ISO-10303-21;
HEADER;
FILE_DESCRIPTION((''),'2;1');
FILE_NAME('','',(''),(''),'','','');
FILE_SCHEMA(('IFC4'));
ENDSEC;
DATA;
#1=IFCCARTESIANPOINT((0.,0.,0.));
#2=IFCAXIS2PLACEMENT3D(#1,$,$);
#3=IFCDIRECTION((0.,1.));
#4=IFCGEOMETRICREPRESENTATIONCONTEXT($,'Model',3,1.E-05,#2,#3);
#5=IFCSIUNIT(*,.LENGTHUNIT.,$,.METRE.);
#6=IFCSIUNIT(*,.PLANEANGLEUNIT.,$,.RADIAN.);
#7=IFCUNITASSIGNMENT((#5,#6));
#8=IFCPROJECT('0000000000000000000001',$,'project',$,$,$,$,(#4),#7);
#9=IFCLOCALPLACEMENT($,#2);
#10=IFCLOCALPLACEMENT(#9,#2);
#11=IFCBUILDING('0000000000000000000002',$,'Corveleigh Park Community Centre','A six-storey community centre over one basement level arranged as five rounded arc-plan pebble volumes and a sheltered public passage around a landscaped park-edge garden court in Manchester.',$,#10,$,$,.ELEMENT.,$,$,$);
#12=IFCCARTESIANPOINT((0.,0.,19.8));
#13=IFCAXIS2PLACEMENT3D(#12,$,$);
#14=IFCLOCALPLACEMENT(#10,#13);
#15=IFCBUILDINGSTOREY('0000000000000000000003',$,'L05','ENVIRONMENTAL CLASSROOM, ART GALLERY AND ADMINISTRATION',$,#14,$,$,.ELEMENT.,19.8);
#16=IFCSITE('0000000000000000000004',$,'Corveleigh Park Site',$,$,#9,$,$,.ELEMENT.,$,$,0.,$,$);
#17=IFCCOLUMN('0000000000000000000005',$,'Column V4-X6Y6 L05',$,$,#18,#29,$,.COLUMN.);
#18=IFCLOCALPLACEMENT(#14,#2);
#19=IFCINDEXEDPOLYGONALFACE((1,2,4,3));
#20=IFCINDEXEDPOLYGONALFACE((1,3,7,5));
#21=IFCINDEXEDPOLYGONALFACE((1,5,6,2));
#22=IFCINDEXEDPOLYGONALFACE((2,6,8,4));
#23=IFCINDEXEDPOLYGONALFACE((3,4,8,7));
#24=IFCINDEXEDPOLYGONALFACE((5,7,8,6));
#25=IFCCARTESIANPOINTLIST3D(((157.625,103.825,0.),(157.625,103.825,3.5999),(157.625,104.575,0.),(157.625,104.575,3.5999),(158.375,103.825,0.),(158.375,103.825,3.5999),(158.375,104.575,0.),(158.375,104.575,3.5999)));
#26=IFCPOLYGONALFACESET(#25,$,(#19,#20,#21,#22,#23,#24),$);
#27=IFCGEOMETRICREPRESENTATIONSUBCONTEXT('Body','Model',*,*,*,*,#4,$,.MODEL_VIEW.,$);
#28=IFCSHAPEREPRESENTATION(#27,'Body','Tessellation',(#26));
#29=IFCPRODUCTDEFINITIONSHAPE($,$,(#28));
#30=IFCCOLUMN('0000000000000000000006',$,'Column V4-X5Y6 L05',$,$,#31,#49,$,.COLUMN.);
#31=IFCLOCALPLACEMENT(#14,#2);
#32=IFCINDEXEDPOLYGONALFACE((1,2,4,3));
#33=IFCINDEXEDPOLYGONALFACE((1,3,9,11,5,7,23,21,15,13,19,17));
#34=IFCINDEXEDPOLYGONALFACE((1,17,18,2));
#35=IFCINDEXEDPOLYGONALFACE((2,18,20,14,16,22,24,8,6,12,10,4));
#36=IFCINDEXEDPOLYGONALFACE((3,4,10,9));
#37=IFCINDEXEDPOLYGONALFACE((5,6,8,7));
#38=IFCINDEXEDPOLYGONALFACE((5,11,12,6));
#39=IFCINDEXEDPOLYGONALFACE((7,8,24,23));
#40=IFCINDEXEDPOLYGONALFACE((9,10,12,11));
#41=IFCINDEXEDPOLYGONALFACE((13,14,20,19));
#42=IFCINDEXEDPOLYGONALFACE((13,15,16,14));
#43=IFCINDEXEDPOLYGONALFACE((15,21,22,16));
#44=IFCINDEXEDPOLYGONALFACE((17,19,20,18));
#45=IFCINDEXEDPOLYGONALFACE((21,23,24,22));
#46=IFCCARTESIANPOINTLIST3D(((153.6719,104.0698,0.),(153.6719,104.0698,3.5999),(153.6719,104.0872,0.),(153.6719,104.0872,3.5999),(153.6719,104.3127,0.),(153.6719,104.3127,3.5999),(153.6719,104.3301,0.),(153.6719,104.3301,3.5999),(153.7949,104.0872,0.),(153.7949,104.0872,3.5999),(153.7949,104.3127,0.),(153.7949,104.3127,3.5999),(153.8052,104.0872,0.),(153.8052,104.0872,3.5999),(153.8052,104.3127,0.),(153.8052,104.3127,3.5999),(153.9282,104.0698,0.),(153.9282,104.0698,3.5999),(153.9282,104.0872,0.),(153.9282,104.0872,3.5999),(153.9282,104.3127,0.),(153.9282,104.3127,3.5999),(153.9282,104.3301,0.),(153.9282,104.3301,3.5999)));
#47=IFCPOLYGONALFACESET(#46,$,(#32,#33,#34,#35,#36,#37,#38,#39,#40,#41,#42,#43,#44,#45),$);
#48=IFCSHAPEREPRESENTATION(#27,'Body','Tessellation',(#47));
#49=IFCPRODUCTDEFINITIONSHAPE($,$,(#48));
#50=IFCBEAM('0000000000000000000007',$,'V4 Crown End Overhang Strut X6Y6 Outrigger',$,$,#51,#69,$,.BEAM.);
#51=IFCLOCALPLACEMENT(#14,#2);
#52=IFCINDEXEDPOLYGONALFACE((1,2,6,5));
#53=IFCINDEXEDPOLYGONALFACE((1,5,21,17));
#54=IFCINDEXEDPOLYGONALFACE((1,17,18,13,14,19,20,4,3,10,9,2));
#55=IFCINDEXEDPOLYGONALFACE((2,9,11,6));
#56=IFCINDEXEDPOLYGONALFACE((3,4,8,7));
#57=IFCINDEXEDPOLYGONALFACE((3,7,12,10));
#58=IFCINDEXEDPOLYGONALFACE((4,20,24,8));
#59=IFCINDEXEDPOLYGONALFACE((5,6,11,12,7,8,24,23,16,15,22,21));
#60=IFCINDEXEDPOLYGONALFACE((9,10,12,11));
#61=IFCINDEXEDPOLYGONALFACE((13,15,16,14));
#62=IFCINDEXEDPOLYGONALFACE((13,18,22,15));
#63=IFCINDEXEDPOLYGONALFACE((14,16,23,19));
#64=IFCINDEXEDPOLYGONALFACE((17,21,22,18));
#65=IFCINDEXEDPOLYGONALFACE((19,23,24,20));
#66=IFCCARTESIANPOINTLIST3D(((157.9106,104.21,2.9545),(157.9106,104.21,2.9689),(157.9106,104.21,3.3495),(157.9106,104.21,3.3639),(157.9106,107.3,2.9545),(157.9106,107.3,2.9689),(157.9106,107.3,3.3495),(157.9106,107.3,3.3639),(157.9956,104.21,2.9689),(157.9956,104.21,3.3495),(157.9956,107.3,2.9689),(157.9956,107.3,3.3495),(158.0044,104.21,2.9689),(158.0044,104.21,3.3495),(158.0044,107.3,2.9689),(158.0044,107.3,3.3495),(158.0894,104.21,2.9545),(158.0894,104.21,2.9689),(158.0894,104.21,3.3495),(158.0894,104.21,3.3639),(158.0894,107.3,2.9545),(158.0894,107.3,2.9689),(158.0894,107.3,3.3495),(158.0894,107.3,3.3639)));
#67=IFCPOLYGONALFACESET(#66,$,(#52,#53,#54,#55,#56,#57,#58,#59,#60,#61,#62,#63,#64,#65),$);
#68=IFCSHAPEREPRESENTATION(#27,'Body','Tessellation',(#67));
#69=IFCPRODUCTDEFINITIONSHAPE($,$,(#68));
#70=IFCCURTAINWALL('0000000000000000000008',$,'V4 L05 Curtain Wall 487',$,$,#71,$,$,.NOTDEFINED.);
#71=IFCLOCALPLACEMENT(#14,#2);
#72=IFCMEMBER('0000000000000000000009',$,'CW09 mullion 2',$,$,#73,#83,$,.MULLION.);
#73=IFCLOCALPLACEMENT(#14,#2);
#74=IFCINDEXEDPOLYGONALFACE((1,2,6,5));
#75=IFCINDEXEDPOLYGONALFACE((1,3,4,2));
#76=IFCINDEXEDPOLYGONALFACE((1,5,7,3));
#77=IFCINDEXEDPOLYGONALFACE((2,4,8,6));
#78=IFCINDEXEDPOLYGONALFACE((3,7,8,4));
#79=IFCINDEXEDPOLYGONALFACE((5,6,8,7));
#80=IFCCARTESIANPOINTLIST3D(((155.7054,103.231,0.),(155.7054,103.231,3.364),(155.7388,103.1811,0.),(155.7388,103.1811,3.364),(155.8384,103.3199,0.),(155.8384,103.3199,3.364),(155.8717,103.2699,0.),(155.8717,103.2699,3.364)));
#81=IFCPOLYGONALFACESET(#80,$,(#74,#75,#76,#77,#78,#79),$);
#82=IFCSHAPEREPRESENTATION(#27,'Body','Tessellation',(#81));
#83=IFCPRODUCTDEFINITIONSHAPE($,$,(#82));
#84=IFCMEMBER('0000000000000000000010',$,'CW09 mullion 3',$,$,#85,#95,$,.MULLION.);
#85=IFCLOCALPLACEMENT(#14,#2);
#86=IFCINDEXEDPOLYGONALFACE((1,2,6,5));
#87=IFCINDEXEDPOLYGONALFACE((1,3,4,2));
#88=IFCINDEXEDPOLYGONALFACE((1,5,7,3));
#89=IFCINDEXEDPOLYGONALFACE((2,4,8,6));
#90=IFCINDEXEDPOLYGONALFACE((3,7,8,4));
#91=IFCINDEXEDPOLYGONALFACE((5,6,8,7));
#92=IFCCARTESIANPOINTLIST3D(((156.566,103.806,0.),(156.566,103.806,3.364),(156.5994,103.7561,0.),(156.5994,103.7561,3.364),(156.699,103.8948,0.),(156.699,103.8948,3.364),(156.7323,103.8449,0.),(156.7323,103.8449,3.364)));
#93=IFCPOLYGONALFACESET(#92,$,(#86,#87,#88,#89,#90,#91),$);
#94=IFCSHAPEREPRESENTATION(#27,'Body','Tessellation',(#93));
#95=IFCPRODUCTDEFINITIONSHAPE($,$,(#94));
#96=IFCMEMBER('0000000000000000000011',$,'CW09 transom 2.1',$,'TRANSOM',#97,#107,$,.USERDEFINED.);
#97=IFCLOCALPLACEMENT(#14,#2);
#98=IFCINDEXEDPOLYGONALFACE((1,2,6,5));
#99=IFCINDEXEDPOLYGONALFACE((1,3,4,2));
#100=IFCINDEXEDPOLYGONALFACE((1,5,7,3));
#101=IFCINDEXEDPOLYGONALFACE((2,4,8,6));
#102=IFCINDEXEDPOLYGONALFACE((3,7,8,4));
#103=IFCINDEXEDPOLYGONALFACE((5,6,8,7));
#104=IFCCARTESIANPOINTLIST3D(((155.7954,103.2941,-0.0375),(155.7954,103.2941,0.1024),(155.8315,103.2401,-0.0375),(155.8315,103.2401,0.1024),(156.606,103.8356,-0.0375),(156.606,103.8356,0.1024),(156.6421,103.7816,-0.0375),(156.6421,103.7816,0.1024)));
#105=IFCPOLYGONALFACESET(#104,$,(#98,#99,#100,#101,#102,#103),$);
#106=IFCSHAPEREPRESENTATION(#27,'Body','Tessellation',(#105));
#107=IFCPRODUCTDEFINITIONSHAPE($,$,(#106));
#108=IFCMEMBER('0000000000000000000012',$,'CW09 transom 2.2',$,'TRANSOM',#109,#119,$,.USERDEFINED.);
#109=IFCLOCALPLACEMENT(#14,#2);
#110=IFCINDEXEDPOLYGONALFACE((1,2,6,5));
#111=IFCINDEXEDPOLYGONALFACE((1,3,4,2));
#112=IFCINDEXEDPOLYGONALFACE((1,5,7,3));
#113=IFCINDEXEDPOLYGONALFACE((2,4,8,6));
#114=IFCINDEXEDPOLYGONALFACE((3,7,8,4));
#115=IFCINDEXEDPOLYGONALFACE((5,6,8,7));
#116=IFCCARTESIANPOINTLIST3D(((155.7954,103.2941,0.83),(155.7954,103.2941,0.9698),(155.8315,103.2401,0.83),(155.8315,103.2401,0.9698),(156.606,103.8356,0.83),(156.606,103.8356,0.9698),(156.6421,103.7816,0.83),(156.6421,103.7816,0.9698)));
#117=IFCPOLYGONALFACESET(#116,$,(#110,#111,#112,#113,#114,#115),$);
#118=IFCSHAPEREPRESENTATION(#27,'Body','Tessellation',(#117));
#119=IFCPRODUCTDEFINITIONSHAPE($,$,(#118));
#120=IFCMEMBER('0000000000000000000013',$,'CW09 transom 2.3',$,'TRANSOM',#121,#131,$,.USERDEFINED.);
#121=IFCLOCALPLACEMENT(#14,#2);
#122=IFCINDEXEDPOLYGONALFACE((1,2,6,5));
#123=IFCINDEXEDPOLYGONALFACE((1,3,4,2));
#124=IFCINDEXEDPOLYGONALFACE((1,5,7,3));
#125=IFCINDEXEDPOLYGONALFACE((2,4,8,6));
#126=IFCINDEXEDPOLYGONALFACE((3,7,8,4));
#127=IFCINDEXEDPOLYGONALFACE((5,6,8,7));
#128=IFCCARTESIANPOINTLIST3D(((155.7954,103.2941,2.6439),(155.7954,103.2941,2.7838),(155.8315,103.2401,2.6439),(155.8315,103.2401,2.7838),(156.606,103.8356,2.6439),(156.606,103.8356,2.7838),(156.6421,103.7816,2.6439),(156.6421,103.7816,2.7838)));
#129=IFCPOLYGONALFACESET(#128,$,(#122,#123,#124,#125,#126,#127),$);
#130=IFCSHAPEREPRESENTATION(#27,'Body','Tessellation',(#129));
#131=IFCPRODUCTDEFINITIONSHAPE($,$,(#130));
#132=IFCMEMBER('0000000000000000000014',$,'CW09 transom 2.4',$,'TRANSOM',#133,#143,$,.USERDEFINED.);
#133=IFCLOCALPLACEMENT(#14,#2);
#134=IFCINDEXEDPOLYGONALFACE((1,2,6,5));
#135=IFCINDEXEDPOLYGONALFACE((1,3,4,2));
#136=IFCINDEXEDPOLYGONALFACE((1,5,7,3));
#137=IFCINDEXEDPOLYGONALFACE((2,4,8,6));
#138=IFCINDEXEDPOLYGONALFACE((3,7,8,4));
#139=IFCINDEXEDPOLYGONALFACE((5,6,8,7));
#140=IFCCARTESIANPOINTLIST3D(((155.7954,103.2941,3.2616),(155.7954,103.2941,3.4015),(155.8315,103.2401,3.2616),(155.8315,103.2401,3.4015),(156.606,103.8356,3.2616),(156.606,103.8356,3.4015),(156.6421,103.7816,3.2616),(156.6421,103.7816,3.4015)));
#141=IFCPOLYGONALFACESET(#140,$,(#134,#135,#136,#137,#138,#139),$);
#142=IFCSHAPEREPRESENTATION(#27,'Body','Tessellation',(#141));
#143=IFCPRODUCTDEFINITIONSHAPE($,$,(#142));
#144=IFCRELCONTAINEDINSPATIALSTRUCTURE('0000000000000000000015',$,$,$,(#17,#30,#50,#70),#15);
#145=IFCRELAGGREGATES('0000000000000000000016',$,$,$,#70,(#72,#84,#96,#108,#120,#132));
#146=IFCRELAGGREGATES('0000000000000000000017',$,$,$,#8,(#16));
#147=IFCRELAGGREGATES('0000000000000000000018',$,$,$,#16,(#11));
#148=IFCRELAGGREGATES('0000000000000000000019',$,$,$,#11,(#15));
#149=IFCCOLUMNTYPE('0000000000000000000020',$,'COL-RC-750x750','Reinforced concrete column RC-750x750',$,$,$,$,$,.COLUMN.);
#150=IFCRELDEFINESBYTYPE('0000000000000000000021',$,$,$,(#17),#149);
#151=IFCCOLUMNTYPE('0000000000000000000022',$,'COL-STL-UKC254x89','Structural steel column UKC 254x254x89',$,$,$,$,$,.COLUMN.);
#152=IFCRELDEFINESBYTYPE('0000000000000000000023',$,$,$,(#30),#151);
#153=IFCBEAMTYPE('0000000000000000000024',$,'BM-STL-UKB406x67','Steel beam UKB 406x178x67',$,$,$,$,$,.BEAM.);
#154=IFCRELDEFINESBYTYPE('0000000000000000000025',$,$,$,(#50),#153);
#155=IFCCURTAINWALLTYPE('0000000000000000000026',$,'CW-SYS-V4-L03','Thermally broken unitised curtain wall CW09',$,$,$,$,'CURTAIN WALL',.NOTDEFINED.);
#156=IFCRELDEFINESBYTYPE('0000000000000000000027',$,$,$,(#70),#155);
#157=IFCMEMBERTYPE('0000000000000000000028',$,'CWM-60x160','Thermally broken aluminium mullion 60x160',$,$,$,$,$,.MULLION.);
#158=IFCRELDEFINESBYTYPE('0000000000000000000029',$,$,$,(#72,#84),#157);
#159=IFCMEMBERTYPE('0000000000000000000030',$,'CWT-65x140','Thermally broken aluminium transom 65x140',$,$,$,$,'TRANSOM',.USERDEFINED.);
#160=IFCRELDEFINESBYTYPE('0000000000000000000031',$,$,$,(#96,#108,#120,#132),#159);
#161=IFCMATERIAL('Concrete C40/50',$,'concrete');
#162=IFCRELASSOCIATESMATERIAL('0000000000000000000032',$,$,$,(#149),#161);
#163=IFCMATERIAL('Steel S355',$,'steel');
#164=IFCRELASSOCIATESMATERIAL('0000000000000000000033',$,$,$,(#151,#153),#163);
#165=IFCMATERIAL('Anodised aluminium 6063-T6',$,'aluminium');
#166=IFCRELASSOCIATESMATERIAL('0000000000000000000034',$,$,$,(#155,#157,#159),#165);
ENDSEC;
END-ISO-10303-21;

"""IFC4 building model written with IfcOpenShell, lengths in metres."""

from ifc_helpers import new_model, si_unit, direction, frame, origin, origin_2d, place, context, subcontext, project, spatial, rectangle, i_section, extrude, material, material_profile, profile_set, type_object, element, aggregate, save


model = new_model("IFC4")

# Units and contexts
model_context = context("Model", 3, precision=1e-05, world=origin(), true_north=direction((0.0, 1.0)))
body_context = subcontext(model_context, "Body", "Model", "MODEL_VIEW")
ifc_project = project(units=[si_unit("LENGTHUNIT", "METRE"), si_unit("PLANEANGLEUNIT", "RADIAN")], contexts=[model_context])

# Site, building, storey
site_placement = place(None, origin())
site = spatial("IfcSite", under=ifc_project, at=site_placement, Name="Corveleigh Park Site", CompositionType="ELEMENT", RefElevation=0.0)
building_placement = place(site_placement, origin())
building = spatial("IfcBuilding", under=site, at=building_placement, Name="Corveleigh Park Community Centre", Description="A six-storey community centre over one basement level arranged as five rounded arc-plan pebble volumes and a sheltered public passage around a landscaped park-edge garden court in Manchester.", CompositionType="ELEMENT")
storey_placement = place(building_placement, frame((0.0, 0.0, 19.8)))
storey = spatial("IfcBuildingStorey", under=building, at=storey_placement, Name="L05", Description="ENVIRONMENTAL CLASSROOM, ART GALLERY AND ADMINISTRATION", CompositionType="ELEMENT", Elevation=19.8)

# Columns
ifc_material_1 = material(Name="Concrete C40/50", Category="concrete")
ifc_material_profile_1 = material_profile(ifc_material_1, rectangle(XDim=0.75, YDim=0.75, at=origin_2d()), Name="RC-750x750", Category="concrete")
ifc_profile_set_1 = profile_set([ifc_material_profile_1], Name="Concrete C40/50")
column_type_1 = type_object("IfcColumnType", Name="COL-RC-750x750", Description="Reinforced concrete column RC-750x750", PredefinedType="COLUMN", material=ifc_profile_set_1)
column_1_placement = place(storey_placement, frame((158.0, 104.2, 0.0), z_axis=(0.0, 0.0, 1.0), x_axis=(1.0, 0.0, 0.0)))
element("IfcColumn", 1, at=column_1_placement, inside=storey, type_object=column_type_1, Name="Column V4-X6Y6 L05", PredefinedType="COLUMN", context=body_context, shape_type="SweptSolid", body=[
    extrude(rectangle(XDim=0.75, YDim=0.75, at=origin_2d()), origin(), (0.0, 0.0, 1.0), 3.5999),
])
ifc_material_2 = material(Name="Steel S355", Category="steel")
ifc_material_profile_2 = material_profile(ifc_material_2, i_section(OverallWidth=0.2563, OverallDepth=0.2603, WebThickness=0.0103, FlangeThickness=0.0173, at=origin_2d()), Name="UKC 254x254x89", Category="steel")
ifc_profile_set_2 = profile_set([ifc_material_profile_2], Name="Steel S355")
column_type_2 = type_object("IfcColumnType", Name="COL-STL-UKC254x89", Description="Structural steel column UKC 254x254x89", PredefinedType="COLUMN", material=ifc_profile_set_2)
column_2_placement = place(storey_placement, frame((153.8, 104.2, 0.0), z_axis=(0.0, 0.0, 1.0), x_axis=(1.0, 0.0, 0.0)))
element("IfcColumn", 2, at=column_2_placement, inside=storey, type_object=column_type_2, Name="Column V4-X5Y6 L05", PredefinedType="COLUMN", context=body_context, shape_type="SweptSolid", body=[
    extrude(i_section(OverallWidth=0.2563, OverallDepth=0.2603, WebThickness=0.0103, FlangeThickness=0.0173, at=origin_2d()), origin(), (0.0, 0.0, 1.0), 3.5999),
])

# Beam
ifc_material_profile_3 = material_profile(ifc_material_2, i_section(OverallWidth=0.1787, OverallDepth=0.4094, WebThickness=0.0088, FlangeThickness=0.0144, at=origin_2d()), Name="UKB 406x178x67", Category="steel")
ifc_profile_set_3 = profile_set([ifc_material_profile_3], Name="Steel S355")
beam_type_1 = type_object("IfcBeamType", Name="BM-STL-UKB406x67", Description="Steel beam UKB 406x178x67", PredefinedType="BEAM", material=ifc_profile_set_3)
beam_1_placement = place(storey_placement, frame((158.0, 104.21, 3.1592), z_axis=(0.0, 1.0, 0.0), x_axis=(-1.0, 0.0, 0.0)))
element("IfcBeam", 3, at=beam_1_placement, inside=storey, type_object=beam_type_1, Name="V4 Crown End Overhang Strut X6Y6 Outrigger", PredefinedType="BEAM", context=body_context, shape_type="SweptSolid", body=[
    extrude(i_section(OverallWidth=0.1787, OverallDepth=0.4094, WebThickness=0.0088, FlangeThickness=0.0144, at=origin_2d()), origin(), (0.0, 0.0, 1.0), 3.0901),
])

# Curtain wall, members
ifc_material_3 = material(Name="Anodised aluminium 6063-T6", Category="aluminium")
curtain_wall_type = type_object("IfcCurtainWallType", Name="CW-SYS-V4-L03", Description="Thermally broken unitised curtain wall CW09", ElementType="CURTAIN WALL", PredefinedType="NOTDEFINED", material=ifc_material_3)
curtain_wall_placement = place(storey_placement, origin())
curtain_wall = element("IfcCurtainWall", 4, at=curtain_wall_placement, inside=storey, type_object=curtain_wall_type, Name="V4 L05 Curtain Wall 487", PredefinedType="NOTDEFINED")
ifc_material_profile_4 = material_profile(ifc_material_3, rectangle(XDim=0.0601, YDim=0.1599, at=origin_2d()), Name="ALU-M60x160", Category="aluminium")
ifc_profile_set_4 = profile_set([ifc_material_profile_4], Name="Anodised aluminium 6063-T6")
member_type_1 = type_object("IfcMemberType", Name="CWM-60x160", Description="Thermally broken aluminium mullion 60x160", PredefinedType="MULLION", material=ifc_profile_set_4)
member_1_placement = place(storey_placement, frame((155.7886, 103.2505, 0.0), z_axis=(0.0, 0.0, 1.0), x_axis=(-0.555458, 0.831544, 0.0)))
member_1 = element("IfcMember", 5, at=member_1_placement, type_object=member_type_1, Name="CW09 mullion 2", PredefinedType="MULLION", context=body_context, shape_type="SweptSolid", body=[
    extrude(rectangle(XDim=0.0601, YDim=0.1599, at=origin_2d()), origin(), (0.0, 0.0, 1.0), 3.364),
])
member_2_placement = place(storey_placement, frame((156.6492, 103.8254, 0.0), z_axis=(0.0, 0.0, 1.0), x_axis=(-0.555458, 0.831544, 0.0)))
member_2 = element("IfcMember", 6, at=member_2_placement, type_object=member_type_1, Name="CW09 mullion 3", PredefinedType="MULLION", context=body_context, shape_type="SweptSolid", body=[
    extrude(rectangle(XDim=0.0601, YDim=0.1599, at=origin_2d()), origin(), (0.0, 0.0, 1.0), 3.364),
])
ifc_material_profile_5 = material_profile(ifc_material_3, rectangle(XDim=0.0649, YDim=0.1399, at=origin_2d()), Name="ALU-T65x140", Category="aluminium")
ifc_profile_set_5 = profile_set([ifc_material_profile_5], Name="Anodised aluminium 6063-T6")
member_type_2 = type_object("IfcMemberType", Name="CWT-65x140", Description="Thermally broken aluminium transom 65x140", ElementType="TRANSOM", PredefinedType="USERDEFINED", material=ifc_profile_set_5)
member_3_placement = place(storey_placement, frame((155.8135, 103.2671, 0.0325), z_axis=(0.83151, 0.555509, 0.0), x_axis=(-0.555509, 0.83151, 0.0)))
member_3 = element("IfcMember", 7, at=member_3_placement, type_object=member_type_2, Name="CW09 transom 2.1", ObjectType="TRANSOM", PredefinedType="USERDEFINED", context=body_context, shape_type="SweptSolid", body=[
    extrude(rectangle(XDim=0.0649, YDim=0.1399, at=origin_2d()), origin(), (0.0, 0.0, 1.0), 0.9749),
])
member_4_placement = place(storey_placement, frame((155.8135, 103.2671, 0.8999), z_axis=(0.83151, 0.555509, 0.0), x_axis=(-0.555509, 0.83151, 0.0)))
member_4 = element("IfcMember", 8, at=member_4_placement, type_object=member_type_2, Name="CW09 transom 2.2", ObjectType="TRANSOM", PredefinedType="USERDEFINED", context=body_context, shape_type="SweptSolid", body=[
    extrude(rectangle(XDim=0.0649, YDim=0.1399, at=origin_2d()), origin(), (0.0, 0.0, 1.0), 0.9749),
])
member_5_placement = place(storey_placement, frame((155.8135, 103.2671, 2.7139), z_axis=(0.83151, 0.555509, 0.0), x_axis=(-0.555509, 0.83151, 0.0)))
member_5 = element("IfcMember", 9, at=member_5_placement, type_object=member_type_2, Name="CW09 transom 2.3", ObjectType="TRANSOM", PredefinedType="USERDEFINED", context=body_context, shape_type="SweptSolid", body=[
    extrude(rectangle(XDim=0.0649, YDim=0.1399, at=origin_2d()), origin(), (0.0, 0.0, 1.0), 0.9749),
])
member_6_placement = place(storey_placement, frame((155.8135, 103.2671, 3.3315), z_axis=(0.83151, 0.555509, 0.0), x_axis=(-0.555509, 0.83151, 0.0)))
member_6 = element("IfcMember", 10, at=member_6_placement, type_object=member_type_2, Name="CW09 transom 2.4", ObjectType="TRANSOM", PredefinedType="USERDEFINED", context=body_context, shape_type="SweptSolid", body=[
    extrude(rectangle(XDim=0.0649, YDim=0.1399, at=origin_2d()), origin(), (0.0, 0.0, 1.0), 0.9749),
])

aggregate(curtain_wall, [member_1, member_2, member_3, member_4, member_5, member_6])

save(model, "model.ifc")
